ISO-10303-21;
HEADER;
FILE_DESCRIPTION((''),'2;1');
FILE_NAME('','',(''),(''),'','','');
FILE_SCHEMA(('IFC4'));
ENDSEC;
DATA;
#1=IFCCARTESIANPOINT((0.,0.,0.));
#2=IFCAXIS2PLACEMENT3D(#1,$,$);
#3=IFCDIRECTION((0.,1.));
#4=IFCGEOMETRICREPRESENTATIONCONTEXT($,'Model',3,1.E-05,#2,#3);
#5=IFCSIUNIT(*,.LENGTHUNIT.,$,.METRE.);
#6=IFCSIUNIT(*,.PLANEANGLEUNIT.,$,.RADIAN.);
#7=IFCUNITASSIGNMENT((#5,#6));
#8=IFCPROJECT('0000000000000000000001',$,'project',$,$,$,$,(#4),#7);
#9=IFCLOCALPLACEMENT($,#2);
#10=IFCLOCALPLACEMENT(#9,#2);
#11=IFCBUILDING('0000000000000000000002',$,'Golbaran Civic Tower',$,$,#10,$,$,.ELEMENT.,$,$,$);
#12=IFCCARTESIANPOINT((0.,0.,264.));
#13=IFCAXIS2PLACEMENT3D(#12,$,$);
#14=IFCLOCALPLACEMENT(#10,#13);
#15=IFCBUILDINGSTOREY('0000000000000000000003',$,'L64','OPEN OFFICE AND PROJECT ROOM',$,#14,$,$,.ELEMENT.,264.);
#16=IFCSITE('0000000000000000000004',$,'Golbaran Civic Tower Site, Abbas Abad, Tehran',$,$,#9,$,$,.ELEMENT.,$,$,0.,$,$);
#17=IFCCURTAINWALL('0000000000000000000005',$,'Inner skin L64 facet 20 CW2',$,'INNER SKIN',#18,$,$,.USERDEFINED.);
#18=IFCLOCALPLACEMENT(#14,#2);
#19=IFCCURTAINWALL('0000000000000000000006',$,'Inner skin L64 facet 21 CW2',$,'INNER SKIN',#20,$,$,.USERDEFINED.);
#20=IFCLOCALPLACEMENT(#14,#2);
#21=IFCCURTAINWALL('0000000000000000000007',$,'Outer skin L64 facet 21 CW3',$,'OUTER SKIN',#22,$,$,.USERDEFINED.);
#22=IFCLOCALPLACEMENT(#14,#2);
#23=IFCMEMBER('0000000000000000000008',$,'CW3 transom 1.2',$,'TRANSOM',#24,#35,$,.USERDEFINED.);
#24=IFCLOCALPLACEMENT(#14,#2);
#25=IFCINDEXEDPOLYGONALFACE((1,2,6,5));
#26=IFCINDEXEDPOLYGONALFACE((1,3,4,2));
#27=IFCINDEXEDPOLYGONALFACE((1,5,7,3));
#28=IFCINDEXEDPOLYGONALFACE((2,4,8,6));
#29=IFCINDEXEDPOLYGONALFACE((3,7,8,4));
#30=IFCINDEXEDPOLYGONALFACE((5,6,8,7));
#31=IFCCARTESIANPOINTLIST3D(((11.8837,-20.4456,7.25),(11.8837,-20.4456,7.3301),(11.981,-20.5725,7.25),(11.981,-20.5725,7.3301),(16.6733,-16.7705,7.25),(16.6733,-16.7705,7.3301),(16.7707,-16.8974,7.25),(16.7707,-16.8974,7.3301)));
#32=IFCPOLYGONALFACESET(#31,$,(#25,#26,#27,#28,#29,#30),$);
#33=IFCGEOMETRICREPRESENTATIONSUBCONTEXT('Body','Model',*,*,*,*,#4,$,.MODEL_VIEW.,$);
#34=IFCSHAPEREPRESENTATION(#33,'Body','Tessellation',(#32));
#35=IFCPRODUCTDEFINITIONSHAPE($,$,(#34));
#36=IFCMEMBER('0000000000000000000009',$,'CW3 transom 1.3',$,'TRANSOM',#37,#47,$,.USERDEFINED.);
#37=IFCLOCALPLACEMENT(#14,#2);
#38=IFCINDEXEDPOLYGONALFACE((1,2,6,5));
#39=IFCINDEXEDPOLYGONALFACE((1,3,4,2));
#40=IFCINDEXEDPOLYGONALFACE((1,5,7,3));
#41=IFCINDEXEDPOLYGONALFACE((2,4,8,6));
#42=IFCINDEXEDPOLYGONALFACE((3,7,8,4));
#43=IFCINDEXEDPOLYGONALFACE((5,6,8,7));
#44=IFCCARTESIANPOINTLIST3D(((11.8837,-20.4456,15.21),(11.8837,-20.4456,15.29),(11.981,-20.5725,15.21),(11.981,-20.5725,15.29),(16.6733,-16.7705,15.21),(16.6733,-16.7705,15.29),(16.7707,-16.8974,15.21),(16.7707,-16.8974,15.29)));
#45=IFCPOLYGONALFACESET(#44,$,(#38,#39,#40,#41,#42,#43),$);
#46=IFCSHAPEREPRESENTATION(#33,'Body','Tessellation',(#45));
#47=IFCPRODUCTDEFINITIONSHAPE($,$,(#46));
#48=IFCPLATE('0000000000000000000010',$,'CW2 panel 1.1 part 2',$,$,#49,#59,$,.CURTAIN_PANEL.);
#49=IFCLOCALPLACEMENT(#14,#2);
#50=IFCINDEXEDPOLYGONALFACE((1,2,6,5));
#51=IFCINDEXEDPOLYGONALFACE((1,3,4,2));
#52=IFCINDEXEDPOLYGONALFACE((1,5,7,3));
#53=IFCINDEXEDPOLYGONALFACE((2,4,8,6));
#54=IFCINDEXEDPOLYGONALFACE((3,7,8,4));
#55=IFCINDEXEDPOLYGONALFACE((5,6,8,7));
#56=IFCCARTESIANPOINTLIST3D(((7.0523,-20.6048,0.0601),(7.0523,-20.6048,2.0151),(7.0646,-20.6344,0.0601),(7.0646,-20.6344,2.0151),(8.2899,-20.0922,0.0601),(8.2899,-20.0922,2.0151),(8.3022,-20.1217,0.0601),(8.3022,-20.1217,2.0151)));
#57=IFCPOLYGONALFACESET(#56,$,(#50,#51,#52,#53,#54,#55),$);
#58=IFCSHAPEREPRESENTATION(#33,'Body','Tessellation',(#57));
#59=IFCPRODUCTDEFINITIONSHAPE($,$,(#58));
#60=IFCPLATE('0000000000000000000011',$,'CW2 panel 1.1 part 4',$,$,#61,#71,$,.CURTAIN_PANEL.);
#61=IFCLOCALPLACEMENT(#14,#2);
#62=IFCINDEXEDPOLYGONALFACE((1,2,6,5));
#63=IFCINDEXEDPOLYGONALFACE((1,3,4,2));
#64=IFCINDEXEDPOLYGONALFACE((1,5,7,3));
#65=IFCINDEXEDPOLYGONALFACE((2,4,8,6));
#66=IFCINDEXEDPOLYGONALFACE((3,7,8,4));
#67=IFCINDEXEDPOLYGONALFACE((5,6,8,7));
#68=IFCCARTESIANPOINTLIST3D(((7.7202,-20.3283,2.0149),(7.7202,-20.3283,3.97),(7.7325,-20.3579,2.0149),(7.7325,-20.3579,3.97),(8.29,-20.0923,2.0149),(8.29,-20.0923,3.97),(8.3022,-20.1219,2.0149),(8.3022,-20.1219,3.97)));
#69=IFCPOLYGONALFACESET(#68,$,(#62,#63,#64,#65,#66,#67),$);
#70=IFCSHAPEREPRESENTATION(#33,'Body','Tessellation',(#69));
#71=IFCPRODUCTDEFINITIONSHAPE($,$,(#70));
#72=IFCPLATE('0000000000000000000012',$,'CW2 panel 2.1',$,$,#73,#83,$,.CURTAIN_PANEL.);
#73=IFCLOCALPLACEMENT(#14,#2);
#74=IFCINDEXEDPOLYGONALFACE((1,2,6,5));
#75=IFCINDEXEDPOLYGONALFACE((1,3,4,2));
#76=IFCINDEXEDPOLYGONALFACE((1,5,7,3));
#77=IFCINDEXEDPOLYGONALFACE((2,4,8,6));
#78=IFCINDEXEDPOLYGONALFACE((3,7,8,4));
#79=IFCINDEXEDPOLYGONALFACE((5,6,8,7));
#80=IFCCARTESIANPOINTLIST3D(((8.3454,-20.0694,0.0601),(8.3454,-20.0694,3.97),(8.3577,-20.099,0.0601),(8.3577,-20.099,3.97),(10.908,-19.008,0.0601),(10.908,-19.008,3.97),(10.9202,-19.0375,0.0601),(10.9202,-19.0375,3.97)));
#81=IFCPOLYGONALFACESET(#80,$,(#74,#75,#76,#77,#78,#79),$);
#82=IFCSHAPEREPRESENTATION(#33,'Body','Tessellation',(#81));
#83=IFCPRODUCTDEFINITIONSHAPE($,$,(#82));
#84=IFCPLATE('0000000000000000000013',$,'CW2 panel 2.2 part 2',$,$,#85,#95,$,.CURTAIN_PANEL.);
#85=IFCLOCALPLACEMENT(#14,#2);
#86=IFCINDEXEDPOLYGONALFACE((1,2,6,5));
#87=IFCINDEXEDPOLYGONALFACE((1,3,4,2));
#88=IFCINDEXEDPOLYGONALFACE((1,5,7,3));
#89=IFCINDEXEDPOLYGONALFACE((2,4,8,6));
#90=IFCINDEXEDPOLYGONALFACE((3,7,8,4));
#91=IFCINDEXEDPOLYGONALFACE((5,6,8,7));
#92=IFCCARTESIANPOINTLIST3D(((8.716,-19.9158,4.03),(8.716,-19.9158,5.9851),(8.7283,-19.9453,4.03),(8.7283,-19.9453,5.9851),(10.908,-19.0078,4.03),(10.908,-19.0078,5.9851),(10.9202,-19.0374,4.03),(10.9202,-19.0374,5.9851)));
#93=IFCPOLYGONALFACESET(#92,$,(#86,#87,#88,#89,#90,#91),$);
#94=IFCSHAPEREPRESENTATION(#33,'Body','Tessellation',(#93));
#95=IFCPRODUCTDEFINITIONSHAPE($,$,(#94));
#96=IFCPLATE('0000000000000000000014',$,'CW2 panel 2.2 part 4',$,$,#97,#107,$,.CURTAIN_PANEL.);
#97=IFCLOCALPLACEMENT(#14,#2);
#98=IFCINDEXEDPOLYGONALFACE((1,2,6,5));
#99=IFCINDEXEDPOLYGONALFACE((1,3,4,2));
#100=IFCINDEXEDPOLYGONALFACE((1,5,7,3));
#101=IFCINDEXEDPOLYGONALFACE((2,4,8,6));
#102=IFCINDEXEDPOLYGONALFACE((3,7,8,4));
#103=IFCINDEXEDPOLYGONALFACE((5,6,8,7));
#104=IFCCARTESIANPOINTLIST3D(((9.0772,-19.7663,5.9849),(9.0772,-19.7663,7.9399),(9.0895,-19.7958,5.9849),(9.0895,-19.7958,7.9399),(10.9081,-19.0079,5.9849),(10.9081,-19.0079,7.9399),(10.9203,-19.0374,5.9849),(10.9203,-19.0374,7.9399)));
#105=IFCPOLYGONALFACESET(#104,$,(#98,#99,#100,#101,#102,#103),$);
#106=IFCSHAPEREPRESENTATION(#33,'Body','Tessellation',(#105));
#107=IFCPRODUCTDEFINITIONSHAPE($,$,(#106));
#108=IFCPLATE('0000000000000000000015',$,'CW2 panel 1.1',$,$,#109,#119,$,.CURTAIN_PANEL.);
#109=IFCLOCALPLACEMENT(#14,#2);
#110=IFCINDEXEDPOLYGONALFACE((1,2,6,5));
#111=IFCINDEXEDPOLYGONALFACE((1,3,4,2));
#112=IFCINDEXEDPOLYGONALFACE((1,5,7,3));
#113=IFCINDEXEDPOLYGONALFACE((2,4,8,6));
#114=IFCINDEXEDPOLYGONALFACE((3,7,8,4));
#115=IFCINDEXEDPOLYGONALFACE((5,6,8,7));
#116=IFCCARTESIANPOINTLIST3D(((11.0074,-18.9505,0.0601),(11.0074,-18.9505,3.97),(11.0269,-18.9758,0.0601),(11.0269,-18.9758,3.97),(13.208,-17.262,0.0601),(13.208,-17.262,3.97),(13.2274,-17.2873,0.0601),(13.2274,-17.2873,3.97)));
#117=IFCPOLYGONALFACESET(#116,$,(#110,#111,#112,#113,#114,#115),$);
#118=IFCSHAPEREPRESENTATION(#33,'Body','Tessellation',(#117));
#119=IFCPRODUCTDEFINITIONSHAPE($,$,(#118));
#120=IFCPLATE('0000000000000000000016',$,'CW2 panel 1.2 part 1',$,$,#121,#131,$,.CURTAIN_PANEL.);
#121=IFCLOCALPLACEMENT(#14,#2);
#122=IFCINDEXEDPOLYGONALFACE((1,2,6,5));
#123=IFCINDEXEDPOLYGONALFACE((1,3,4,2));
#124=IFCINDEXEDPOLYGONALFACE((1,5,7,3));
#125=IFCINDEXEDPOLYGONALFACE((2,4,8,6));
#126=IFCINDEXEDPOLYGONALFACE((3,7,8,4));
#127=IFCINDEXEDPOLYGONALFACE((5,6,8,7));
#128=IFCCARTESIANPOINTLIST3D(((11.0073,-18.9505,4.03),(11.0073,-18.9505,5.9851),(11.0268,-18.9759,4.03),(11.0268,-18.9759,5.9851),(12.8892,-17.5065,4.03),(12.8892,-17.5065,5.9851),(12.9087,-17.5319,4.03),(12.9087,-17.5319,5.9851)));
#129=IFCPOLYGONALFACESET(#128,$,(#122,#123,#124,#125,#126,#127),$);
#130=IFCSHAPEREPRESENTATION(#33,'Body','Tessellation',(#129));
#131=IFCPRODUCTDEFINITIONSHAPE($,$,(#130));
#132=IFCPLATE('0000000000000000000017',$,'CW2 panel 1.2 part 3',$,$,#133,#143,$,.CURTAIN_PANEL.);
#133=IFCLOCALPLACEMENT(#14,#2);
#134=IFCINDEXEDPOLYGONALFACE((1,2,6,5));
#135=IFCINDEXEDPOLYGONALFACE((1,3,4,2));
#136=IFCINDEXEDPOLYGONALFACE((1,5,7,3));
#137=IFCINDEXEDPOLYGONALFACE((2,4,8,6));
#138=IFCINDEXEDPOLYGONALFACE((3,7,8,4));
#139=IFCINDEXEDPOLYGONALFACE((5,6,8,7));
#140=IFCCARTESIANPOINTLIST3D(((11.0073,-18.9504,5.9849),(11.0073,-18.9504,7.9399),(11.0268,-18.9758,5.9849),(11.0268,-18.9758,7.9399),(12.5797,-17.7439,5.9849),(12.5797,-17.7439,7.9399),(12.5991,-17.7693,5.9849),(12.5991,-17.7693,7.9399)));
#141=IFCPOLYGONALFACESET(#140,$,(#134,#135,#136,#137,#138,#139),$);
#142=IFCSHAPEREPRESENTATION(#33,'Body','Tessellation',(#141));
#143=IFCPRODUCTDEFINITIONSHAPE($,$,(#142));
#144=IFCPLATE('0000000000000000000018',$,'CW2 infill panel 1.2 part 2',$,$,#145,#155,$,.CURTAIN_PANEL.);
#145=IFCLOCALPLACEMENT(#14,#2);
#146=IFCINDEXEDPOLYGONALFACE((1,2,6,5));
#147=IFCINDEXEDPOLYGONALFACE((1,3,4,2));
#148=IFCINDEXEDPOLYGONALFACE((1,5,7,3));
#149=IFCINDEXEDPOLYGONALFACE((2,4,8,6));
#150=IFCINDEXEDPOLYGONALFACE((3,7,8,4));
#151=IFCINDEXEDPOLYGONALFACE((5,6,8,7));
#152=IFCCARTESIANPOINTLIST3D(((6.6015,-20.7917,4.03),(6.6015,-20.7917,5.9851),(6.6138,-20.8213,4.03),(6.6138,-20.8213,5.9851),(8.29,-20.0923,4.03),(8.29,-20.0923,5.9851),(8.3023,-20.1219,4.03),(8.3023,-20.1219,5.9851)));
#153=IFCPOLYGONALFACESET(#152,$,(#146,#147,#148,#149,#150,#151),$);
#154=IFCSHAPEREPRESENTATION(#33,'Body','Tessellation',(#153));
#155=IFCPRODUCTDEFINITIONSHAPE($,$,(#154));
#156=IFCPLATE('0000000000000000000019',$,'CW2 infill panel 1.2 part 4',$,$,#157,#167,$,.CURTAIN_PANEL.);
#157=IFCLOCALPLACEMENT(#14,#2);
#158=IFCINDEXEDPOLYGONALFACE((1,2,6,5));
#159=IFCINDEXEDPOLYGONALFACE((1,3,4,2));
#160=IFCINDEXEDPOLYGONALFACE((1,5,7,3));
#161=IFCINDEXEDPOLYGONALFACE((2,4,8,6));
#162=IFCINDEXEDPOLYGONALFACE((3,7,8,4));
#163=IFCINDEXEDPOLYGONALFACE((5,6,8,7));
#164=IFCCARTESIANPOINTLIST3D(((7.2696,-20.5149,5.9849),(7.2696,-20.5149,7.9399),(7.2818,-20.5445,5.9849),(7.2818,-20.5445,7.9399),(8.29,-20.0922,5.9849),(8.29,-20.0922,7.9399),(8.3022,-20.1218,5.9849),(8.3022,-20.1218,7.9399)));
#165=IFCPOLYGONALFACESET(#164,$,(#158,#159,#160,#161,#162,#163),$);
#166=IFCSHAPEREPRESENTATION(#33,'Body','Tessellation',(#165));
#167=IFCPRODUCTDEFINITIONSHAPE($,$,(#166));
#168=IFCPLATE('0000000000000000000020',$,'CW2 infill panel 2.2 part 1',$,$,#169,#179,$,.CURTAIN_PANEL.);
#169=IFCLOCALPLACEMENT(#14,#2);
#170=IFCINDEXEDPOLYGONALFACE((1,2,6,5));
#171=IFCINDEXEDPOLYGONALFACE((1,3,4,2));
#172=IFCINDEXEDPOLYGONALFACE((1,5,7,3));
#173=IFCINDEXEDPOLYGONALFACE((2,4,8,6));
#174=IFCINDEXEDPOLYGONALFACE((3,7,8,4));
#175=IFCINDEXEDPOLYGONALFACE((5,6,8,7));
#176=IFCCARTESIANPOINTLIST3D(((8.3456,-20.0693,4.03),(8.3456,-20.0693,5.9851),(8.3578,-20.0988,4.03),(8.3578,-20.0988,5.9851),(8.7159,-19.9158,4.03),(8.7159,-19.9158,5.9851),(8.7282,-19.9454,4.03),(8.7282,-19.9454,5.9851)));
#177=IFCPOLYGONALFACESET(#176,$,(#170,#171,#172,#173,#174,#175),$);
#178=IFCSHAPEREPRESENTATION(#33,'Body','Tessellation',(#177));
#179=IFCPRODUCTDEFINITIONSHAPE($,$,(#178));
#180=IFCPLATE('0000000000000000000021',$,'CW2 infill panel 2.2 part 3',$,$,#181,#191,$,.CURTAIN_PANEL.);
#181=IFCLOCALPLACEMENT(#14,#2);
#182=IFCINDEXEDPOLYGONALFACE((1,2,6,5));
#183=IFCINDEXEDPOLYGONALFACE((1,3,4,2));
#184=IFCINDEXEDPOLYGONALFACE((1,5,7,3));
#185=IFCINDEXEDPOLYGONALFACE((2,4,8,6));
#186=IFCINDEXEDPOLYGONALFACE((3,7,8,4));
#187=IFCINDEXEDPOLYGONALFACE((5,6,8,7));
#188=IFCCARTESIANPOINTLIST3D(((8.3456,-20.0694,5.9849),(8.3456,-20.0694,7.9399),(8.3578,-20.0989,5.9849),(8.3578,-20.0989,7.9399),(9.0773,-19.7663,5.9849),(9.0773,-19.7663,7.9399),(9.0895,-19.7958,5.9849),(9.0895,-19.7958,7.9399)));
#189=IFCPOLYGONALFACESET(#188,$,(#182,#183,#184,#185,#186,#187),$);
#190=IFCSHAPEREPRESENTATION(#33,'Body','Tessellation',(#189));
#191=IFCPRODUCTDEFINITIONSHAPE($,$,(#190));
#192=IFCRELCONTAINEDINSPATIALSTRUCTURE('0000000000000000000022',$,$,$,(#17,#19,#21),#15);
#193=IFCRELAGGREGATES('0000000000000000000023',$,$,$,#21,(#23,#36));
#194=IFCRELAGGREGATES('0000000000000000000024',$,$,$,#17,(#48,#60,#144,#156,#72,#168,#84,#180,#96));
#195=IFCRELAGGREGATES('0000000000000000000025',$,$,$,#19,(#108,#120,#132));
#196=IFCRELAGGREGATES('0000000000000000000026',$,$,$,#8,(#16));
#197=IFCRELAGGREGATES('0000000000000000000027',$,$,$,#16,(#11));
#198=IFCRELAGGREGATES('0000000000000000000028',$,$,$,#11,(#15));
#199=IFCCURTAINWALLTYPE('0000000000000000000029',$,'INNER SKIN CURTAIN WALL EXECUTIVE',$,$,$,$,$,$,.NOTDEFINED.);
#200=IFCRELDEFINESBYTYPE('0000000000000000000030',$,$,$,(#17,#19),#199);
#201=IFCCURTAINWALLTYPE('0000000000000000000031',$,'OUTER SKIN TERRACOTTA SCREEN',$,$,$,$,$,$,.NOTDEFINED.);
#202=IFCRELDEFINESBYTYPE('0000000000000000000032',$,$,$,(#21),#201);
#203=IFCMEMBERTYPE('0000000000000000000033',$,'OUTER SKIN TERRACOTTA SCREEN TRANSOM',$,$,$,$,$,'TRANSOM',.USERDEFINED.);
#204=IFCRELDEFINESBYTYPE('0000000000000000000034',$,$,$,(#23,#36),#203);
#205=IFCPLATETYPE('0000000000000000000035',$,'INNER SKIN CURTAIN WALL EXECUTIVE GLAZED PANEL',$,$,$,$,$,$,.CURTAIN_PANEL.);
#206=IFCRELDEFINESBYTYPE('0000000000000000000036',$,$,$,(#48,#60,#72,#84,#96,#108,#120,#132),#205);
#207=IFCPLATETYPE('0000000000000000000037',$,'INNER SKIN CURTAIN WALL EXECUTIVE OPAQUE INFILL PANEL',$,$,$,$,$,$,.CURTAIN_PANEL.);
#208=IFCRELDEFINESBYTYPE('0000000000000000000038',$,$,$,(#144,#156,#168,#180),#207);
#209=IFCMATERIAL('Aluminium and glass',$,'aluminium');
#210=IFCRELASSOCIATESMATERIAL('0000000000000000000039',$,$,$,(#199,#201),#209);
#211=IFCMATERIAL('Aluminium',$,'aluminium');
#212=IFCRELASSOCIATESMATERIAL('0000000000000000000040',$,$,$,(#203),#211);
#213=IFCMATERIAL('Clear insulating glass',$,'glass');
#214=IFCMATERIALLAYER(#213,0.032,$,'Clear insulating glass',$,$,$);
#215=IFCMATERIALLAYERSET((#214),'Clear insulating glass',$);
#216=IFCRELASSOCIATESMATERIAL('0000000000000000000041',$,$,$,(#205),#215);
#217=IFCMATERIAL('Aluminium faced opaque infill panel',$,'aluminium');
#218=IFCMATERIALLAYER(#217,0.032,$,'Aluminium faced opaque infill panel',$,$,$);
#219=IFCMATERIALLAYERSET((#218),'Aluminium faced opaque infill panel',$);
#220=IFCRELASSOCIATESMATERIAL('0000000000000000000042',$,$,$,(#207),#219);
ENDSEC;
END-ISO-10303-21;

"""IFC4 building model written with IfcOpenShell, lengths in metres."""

from ifc_helpers import new_model, si_unit, direction, frame, origin, origin_2d, place, context, subcontext, project, spatial, rectangle, extrude, material, layer, layer_set, material_profile, profile_set, type_object, element, aggregate, save


model = new_model("IFC4")

# Units and contexts
model_context = context("Model", 3, precision=1e-05, world=origin(), true_north=direction((0.0, 1.0)))
body_context = subcontext(model_context, "Body", "Model", "MODEL_VIEW")
ifc_project = project(units=[si_unit("LENGTHUNIT", "METRE"), si_unit("PLANEANGLEUNIT", "RADIAN")], contexts=[model_context])

# Site, building, storey
site_placement = place(None, origin())
site = spatial("IfcSite", under=ifc_project, at=site_placement, Name="Golbaran Civic Tower Site, Abbas Abad, Tehran", CompositionType="ELEMENT", RefElevation=0.0)
building_placement = place(site_placement, origin())
building = spatial("IfcBuilding", under=site, at=building_placement, Name="Golbaran Civic Tower", CompositionType="ELEMENT")
storey_placement = place(building_placement, frame((0.0, 0.0, 264.0)))
storey = spatial("IfcBuildingStorey", under=building, at=storey_placement, Name="L64", Description="OPEN OFFICE AND PROJECT ROOM", CompositionType="ELEMENT", Elevation=264.0)

# Curtain walls
ifc_material_1 = material(Name="Aluminium and glass", Category="aluminium")
curtain_wall_type_1 = type_object("IfcCurtainWallType", Name="INNER SKIN CURTAIN WALL EXECUTIVE", PredefinedType="NOTDEFINED", material=ifc_material_1)
curtain_wall_1_placement = place(storey_placement, origin())
curtain_wall_1 = element("IfcCurtainWall", 1, at=curtain_wall_1_placement, inside=storey, type_object=curtain_wall_type_1, Name="Inner skin L64 facet 20 CW2", ObjectType="INNER SKIN", PredefinedType="USERDEFINED")
ifc_material_2 = material(Name="Aluminium", Category="aluminium")
curtain_wall_2_placement = place(storey_placement, origin())
curtain_wall_2 = element("IfcCurtainWall", 2, at=curtain_wall_2_placement, inside=storey, type_object=curtain_wall_type_1, Name="Inner skin L64 facet 21 CW2", ObjectType="INNER SKIN", PredefinedType="USERDEFINED")

# Curtain wall, members
curtain_wall_type_2 = type_object("IfcCurtainWallType", Name="OUTER SKIN TERRACOTTA SCREEN", PredefinedType="NOTDEFINED", material=ifc_material_1)
curtain_wall_3_placement = place(storey_placement, origin())
curtain_wall_3 = element("IfcCurtainWall", 3, at=curtain_wall_3_placement, inside=storey, type_object=curtain_wall_type_2, Name="Outer skin L64 facet 21 CW3", ObjectType="OUTER SKIN", PredefinedType="USERDEFINED")
ifc_material_profile_1 = material_profile(ifc_material_2, rectangle(XDim=0.1599, YDim=0.0801, at=origin_2d()), Name="OUTER SKIN TERRACOTTA SCREEN TRANSOM")
ifc_profile_set_1 = profile_set([ifc_material_profile_1], Name="Aluminium")
member_type_1 = type_object("IfcMemberType", Name="OUTER SKIN TERRACOTTA SCREEN TRANSOM", ElementType="TRANSOM", PredefinedType="USERDEFINED", material=ifc_profile_set_1)
member_1_placement = place(storey_placement, frame((11.9324, -20.509, 7.29), z_axis=(0.793362, 0.608751, 0.0), x_axis=(-0.608751, 0.793362, 0.0)))
member_1 = element("IfcMember", 4, at=member_1_placement, type_object=member_type_1, Name="CW3 transom 1.2", ObjectType="TRANSOM", PredefinedType="USERDEFINED", context=body_context, shape_type="SweptSolid", body=[
    extrude(rectangle(XDim=0.1599, YDim=0.0801, at=origin_2d()), origin(), (0.0, 0.0, 1.0), 6.0371),
])
member_2_placement = place(storey_placement, frame((11.9324, -20.509, 15.25), z_axis=(0.793362, 0.608751, 0.0), x_axis=(-0.608751, 0.793362, 0.0)))
member_2 = element("IfcMember", 5, at=member_2_placement, type_object=member_type_1, Name="CW3 transom 1.3", ObjectType="TRANSOM", PredefinedType="USERDEFINED", context=body_context, shape_type="SweptSolid", body=[
    extrude(rectangle(XDim=0.1599, YDim=0.0801, at=origin_2d()), origin(), (0.0, 0.0, 1.0), 6.0371),
])
aggregate(curtain_wall_3, [member_1, member_2])

# Plates
ifc_material_3 = material(Name="Clear insulating glass", Category="glass")
ifc_layer_1 = layer(ifc_material_3, 0.032, Name="Clear insulating glass")
ifc_layer_set_1 = layer_set([ifc_layer_1], Name="Clear insulating glass")
plate_type_1 = type_object("IfcPlateType", Name="INNER SKIN CURTAIN WALL EXECUTIVE GLAZED PANEL", PredefinedType="CURTAIN_PANEL", material=ifc_layer_set_1)
plate_1_placement = place(storey_placement, frame((7.6772, -20.3633, 0.0601), z_axis=(0.0, 0.0, 1.0), x_axis=(0.92388, 0.382683, 0.0)))
plate_1 = element("IfcPlate", 6, at=plate_1_placement, type_object=plate_type_1, Name="CW2 panel 1.1 part 2", PredefinedType="CURTAIN_PANEL", context=body_context, shape_type="SweptSolid", body=[
    extrude(rectangle(XDim=1.3396, YDim=0.032, at=origin_2d()), origin(), (0.0, 0.0, 1.0), 1.9551),
])
plate_2_placement = place(storey_placement, frame((8.0112, -20.2251, 2.0149), z_axis=(0.0, 0.0, 1.0), x_axis=(0.92388, 0.382683, 0.0)))
plate_2 = element("IfcPlate", 7, at=plate_2_placement, type_object=plate_type_1, Name="CW2 panel 1.1 part 4", PredefinedType="CURTAIN_PANEL", context=body_context, shape_type="SweptSolid", body=[
    extrude(rectangle(XDim=0.6167, YDim=0.032, at=origin_2d()), origin(), (0.0, 0.0, 1.0), 1.9551),
])
plate_3_placement = place(storey_placement, frame((9.6328, -19.5535, 0.0601), z_axis=(0.0, 0.0, 1.0), x_axis=(0.92388, 0.382683, 0.0)))
plate_3 = element("IfcPlate", 8, at=plate_3_placement, type_object=plate_type_1, Name="CW2 panel 2.1", PredefinedType="CURTAIN_PANEL", context=body_context, shape_type="SweptSolid", body=[
    extrude(rectangle(XDim=2.7737, YDim=0.032, at=origin_2d()), origin(), (0.0, 0.0, 1.0), 3.9099),
])
plate_4_placement = place(storey_placement, frame((9.8181, -19.4766, 4.03), z_axis=(0.0, 0.0, 1.0), x_axis=(0.92388, 0.382683, 0.0)))
plate_4 = element("IfcPlate", 9, at=plate_4_placement, type_object=plate_type_1, Name="CW2 panel 2.2 part 2", PredefinedType="CURTAIN_PANEL", context=body_context, shape_type="SweptSolid", body=[
    extrude(rectangle(XDim=2.3726, YDim=0.032, at=origin_2d()), origin(), (0.0, 0.0, 1.0), 1.9551),
])
plate_5_placement = place(storey_placement, frame((9.9988, -19.4019, 5.9849), z_axis=(0.0, 0.0, 1.0), x_axis=(0.92388, 0.382683, 0.0)))
plate_5 = element("IfcPlate", 10, at=plate_5_placement, type_object=plate_type_1, Name="CW2 panel 2.2 part 4", PredefinedType="CURTAIN_PANEL", context=body_context, shape_type="SweptSolid", body=[
    extrude(rectangle(XDim=1.9817, YDim=0.032, at=origin_2d()), origin(), (0.0, 0.0, 1.0), 1.9551),
])
plate_6_placement = place(storey_placement, frame((12.1174, -18.1189, 0.0601), z_axis=(0.0, 0.0, 1.0), x_axis=(0.793353, 0.608761, 0.0)))
plate_6 = element("IfcPlate", 11, at=plate_6_placement, type_object=plate_type_1, Name="CW2 panel 1.1", PredefinedType="CURTAIN_PANEL", context=body_context, shape_type="SweptSolid", body=[
    extrude(rectangle(XDim=2.7737, YDim=0.032, at=origin_2d()), origin(), (0.0, 0.0, 1.0), 3.9099),
])
plate_7_placement = place(storey_placement, frame((11.958, -18.2412, 4.03), z_axis=(0.0, 0.0, 1.0), x_axis=(0.793353, 0.608761, 0.0)))
plate_7 = element("IfcPlate", 12, at=plate_7_placement, type_object=plate_type_1, Name="CW2 panel 1.2 part 1", PredefinedType="CURTAIN_PANEL", context=body_context, shape_type="SweptSolid", body=[
    extrude(rectangle(XDim=2.3721, YDim=0.032, at=origin_2d()), origin(), (0.0, 0.0, 1.0), 1.9551),
])
plate_8_placement = place(storey_placement, frame((11.8032, -18.3599, 5.9849), z_axis=(0.0, 0.0, 1.0), x_axis=(0.793353, 0.608761, 0.0)))
plate_8 = element("IfcPlate", 13, at=plate_8_placement, type_object=plate_type_1, Name="CW2 panel 1.2 part 3", PredefinedType="CURTAIN_PANEL", context=body_context, shape_type="SweptSolid", body=[
    extrude(rectangle(XDim=1.9819, YDim=0.032, at=origin_2d()), origin(), (0.0, 0.0, 1.0), 1.9551),
])
ifc_material_4 = material(Name="Aluminium faced opaque infill panel", Category="aluminium")
ifc_layer_2 = layer(ifc_material_4, 0.032, Name="Aluminium faced opaque infill panel")
ifc_layer_set_2 = layer_set([ifc_layer_2], Name="Aluminium faced opaque infill panel")
plate_type_2 = type_object("IfcPlateType", Name="INNER SKIN CURTAIN WALL EXECUTIVE OPAQUE INFILL PANEL", PredefinedType="CURTAIN_PANEL", material=ifc_layer_set_2)
plate_9_placement = place(storey_placement, frame((7.4519, -20.4568, 4.03), z_axis=(0.0, 0.0, 1.0), x_axis=(0.92388, 0.382683, 0.0)))
plate_9 = element("IfcPlate", 14, at=plate_9_placement, type_object=plate_type_2, Name="CW2 infill panel 1.2 part 2", PredefinedType="CURTAIN_PANEL", context=body_context, shape_type="SweptSolid", body=[
    extrude(rectangle(XDim=1.8276, YDim=0.032, at=origin_2d()), origin(), (0.0, 0.0, 1.0), 1.9551),
])
plate_10_placement = place(storey_placement, frame((7.7859, -20.3184, 5.9849), z_axis=(0.0, 0.0, 1.0), x_axis=(0.92388, 0.382683, 0.0)))
plate_10 = element("IfcPlate", 15, at=plate_10_placement, type_object=plate_type_2, Name="CW2 infill panel 1.2 part 4", PredefinedType="CURTAIN_PANEL", context=body_context, shape_type="SweptSolid", body=[
    extrude(rectangle(XDim=1.1045, YDim=0.032, at=origin_2d()), origin(), (0.0, 0.0, 1.0), 1.9551),
])
plate_11_placement = place(storey_placement, frame((8.5369, -20.0073, 4.03), z_axis=(0.0, 0.0, 1.0), x_axis=(0.92388, 0.382683, 0.0)))
plate_11 = element("IfcPlate", 16, at=plate_11_placement, type_object=plate_type_2, Name="CW2 infill panel 2.2 part 1", PredefinedType="CURTAIN_PANEL", context=body_context, shape_type="SweptSolid", body=[
    extrude(rectangle(XDim=0.4009, YDim=0.032, at=origin_2d()), origin(), (0.0, 0.0, 1.0), 1.9551),
])
plate_12_placement = place(storey_placement, frame((8.7175, -19.9326, 5.9849), z_axis=(0.0, 0.0, 1.0), x_axis=(0.92388, 0.382683, 0.0)))
plate_12 = element("IfcPlate", 17, at=plate_12_placement, type_object=plate_type_2, Name="CW2 infill panel 2.2 part 3", PredefinedType="CURTAIN_PANEL", context=body_context, shape_type="SweptSolid", body=[
    extrude(rectangle(XDim=0.792, YDim=0.032, at=origin_2d()), origin(), (0.0, 0.0, 1.0), 1.9551),
])
aggregate(curtain_wall_1, [plate_1, plate_2, plate_9, plate_10, plate_3, plate_11, plate_4, plate_12, plate_5])
aggregate(curtain_wall_2, [plate_6, plate_7, plate_8])

save(model, "model.ifc")
